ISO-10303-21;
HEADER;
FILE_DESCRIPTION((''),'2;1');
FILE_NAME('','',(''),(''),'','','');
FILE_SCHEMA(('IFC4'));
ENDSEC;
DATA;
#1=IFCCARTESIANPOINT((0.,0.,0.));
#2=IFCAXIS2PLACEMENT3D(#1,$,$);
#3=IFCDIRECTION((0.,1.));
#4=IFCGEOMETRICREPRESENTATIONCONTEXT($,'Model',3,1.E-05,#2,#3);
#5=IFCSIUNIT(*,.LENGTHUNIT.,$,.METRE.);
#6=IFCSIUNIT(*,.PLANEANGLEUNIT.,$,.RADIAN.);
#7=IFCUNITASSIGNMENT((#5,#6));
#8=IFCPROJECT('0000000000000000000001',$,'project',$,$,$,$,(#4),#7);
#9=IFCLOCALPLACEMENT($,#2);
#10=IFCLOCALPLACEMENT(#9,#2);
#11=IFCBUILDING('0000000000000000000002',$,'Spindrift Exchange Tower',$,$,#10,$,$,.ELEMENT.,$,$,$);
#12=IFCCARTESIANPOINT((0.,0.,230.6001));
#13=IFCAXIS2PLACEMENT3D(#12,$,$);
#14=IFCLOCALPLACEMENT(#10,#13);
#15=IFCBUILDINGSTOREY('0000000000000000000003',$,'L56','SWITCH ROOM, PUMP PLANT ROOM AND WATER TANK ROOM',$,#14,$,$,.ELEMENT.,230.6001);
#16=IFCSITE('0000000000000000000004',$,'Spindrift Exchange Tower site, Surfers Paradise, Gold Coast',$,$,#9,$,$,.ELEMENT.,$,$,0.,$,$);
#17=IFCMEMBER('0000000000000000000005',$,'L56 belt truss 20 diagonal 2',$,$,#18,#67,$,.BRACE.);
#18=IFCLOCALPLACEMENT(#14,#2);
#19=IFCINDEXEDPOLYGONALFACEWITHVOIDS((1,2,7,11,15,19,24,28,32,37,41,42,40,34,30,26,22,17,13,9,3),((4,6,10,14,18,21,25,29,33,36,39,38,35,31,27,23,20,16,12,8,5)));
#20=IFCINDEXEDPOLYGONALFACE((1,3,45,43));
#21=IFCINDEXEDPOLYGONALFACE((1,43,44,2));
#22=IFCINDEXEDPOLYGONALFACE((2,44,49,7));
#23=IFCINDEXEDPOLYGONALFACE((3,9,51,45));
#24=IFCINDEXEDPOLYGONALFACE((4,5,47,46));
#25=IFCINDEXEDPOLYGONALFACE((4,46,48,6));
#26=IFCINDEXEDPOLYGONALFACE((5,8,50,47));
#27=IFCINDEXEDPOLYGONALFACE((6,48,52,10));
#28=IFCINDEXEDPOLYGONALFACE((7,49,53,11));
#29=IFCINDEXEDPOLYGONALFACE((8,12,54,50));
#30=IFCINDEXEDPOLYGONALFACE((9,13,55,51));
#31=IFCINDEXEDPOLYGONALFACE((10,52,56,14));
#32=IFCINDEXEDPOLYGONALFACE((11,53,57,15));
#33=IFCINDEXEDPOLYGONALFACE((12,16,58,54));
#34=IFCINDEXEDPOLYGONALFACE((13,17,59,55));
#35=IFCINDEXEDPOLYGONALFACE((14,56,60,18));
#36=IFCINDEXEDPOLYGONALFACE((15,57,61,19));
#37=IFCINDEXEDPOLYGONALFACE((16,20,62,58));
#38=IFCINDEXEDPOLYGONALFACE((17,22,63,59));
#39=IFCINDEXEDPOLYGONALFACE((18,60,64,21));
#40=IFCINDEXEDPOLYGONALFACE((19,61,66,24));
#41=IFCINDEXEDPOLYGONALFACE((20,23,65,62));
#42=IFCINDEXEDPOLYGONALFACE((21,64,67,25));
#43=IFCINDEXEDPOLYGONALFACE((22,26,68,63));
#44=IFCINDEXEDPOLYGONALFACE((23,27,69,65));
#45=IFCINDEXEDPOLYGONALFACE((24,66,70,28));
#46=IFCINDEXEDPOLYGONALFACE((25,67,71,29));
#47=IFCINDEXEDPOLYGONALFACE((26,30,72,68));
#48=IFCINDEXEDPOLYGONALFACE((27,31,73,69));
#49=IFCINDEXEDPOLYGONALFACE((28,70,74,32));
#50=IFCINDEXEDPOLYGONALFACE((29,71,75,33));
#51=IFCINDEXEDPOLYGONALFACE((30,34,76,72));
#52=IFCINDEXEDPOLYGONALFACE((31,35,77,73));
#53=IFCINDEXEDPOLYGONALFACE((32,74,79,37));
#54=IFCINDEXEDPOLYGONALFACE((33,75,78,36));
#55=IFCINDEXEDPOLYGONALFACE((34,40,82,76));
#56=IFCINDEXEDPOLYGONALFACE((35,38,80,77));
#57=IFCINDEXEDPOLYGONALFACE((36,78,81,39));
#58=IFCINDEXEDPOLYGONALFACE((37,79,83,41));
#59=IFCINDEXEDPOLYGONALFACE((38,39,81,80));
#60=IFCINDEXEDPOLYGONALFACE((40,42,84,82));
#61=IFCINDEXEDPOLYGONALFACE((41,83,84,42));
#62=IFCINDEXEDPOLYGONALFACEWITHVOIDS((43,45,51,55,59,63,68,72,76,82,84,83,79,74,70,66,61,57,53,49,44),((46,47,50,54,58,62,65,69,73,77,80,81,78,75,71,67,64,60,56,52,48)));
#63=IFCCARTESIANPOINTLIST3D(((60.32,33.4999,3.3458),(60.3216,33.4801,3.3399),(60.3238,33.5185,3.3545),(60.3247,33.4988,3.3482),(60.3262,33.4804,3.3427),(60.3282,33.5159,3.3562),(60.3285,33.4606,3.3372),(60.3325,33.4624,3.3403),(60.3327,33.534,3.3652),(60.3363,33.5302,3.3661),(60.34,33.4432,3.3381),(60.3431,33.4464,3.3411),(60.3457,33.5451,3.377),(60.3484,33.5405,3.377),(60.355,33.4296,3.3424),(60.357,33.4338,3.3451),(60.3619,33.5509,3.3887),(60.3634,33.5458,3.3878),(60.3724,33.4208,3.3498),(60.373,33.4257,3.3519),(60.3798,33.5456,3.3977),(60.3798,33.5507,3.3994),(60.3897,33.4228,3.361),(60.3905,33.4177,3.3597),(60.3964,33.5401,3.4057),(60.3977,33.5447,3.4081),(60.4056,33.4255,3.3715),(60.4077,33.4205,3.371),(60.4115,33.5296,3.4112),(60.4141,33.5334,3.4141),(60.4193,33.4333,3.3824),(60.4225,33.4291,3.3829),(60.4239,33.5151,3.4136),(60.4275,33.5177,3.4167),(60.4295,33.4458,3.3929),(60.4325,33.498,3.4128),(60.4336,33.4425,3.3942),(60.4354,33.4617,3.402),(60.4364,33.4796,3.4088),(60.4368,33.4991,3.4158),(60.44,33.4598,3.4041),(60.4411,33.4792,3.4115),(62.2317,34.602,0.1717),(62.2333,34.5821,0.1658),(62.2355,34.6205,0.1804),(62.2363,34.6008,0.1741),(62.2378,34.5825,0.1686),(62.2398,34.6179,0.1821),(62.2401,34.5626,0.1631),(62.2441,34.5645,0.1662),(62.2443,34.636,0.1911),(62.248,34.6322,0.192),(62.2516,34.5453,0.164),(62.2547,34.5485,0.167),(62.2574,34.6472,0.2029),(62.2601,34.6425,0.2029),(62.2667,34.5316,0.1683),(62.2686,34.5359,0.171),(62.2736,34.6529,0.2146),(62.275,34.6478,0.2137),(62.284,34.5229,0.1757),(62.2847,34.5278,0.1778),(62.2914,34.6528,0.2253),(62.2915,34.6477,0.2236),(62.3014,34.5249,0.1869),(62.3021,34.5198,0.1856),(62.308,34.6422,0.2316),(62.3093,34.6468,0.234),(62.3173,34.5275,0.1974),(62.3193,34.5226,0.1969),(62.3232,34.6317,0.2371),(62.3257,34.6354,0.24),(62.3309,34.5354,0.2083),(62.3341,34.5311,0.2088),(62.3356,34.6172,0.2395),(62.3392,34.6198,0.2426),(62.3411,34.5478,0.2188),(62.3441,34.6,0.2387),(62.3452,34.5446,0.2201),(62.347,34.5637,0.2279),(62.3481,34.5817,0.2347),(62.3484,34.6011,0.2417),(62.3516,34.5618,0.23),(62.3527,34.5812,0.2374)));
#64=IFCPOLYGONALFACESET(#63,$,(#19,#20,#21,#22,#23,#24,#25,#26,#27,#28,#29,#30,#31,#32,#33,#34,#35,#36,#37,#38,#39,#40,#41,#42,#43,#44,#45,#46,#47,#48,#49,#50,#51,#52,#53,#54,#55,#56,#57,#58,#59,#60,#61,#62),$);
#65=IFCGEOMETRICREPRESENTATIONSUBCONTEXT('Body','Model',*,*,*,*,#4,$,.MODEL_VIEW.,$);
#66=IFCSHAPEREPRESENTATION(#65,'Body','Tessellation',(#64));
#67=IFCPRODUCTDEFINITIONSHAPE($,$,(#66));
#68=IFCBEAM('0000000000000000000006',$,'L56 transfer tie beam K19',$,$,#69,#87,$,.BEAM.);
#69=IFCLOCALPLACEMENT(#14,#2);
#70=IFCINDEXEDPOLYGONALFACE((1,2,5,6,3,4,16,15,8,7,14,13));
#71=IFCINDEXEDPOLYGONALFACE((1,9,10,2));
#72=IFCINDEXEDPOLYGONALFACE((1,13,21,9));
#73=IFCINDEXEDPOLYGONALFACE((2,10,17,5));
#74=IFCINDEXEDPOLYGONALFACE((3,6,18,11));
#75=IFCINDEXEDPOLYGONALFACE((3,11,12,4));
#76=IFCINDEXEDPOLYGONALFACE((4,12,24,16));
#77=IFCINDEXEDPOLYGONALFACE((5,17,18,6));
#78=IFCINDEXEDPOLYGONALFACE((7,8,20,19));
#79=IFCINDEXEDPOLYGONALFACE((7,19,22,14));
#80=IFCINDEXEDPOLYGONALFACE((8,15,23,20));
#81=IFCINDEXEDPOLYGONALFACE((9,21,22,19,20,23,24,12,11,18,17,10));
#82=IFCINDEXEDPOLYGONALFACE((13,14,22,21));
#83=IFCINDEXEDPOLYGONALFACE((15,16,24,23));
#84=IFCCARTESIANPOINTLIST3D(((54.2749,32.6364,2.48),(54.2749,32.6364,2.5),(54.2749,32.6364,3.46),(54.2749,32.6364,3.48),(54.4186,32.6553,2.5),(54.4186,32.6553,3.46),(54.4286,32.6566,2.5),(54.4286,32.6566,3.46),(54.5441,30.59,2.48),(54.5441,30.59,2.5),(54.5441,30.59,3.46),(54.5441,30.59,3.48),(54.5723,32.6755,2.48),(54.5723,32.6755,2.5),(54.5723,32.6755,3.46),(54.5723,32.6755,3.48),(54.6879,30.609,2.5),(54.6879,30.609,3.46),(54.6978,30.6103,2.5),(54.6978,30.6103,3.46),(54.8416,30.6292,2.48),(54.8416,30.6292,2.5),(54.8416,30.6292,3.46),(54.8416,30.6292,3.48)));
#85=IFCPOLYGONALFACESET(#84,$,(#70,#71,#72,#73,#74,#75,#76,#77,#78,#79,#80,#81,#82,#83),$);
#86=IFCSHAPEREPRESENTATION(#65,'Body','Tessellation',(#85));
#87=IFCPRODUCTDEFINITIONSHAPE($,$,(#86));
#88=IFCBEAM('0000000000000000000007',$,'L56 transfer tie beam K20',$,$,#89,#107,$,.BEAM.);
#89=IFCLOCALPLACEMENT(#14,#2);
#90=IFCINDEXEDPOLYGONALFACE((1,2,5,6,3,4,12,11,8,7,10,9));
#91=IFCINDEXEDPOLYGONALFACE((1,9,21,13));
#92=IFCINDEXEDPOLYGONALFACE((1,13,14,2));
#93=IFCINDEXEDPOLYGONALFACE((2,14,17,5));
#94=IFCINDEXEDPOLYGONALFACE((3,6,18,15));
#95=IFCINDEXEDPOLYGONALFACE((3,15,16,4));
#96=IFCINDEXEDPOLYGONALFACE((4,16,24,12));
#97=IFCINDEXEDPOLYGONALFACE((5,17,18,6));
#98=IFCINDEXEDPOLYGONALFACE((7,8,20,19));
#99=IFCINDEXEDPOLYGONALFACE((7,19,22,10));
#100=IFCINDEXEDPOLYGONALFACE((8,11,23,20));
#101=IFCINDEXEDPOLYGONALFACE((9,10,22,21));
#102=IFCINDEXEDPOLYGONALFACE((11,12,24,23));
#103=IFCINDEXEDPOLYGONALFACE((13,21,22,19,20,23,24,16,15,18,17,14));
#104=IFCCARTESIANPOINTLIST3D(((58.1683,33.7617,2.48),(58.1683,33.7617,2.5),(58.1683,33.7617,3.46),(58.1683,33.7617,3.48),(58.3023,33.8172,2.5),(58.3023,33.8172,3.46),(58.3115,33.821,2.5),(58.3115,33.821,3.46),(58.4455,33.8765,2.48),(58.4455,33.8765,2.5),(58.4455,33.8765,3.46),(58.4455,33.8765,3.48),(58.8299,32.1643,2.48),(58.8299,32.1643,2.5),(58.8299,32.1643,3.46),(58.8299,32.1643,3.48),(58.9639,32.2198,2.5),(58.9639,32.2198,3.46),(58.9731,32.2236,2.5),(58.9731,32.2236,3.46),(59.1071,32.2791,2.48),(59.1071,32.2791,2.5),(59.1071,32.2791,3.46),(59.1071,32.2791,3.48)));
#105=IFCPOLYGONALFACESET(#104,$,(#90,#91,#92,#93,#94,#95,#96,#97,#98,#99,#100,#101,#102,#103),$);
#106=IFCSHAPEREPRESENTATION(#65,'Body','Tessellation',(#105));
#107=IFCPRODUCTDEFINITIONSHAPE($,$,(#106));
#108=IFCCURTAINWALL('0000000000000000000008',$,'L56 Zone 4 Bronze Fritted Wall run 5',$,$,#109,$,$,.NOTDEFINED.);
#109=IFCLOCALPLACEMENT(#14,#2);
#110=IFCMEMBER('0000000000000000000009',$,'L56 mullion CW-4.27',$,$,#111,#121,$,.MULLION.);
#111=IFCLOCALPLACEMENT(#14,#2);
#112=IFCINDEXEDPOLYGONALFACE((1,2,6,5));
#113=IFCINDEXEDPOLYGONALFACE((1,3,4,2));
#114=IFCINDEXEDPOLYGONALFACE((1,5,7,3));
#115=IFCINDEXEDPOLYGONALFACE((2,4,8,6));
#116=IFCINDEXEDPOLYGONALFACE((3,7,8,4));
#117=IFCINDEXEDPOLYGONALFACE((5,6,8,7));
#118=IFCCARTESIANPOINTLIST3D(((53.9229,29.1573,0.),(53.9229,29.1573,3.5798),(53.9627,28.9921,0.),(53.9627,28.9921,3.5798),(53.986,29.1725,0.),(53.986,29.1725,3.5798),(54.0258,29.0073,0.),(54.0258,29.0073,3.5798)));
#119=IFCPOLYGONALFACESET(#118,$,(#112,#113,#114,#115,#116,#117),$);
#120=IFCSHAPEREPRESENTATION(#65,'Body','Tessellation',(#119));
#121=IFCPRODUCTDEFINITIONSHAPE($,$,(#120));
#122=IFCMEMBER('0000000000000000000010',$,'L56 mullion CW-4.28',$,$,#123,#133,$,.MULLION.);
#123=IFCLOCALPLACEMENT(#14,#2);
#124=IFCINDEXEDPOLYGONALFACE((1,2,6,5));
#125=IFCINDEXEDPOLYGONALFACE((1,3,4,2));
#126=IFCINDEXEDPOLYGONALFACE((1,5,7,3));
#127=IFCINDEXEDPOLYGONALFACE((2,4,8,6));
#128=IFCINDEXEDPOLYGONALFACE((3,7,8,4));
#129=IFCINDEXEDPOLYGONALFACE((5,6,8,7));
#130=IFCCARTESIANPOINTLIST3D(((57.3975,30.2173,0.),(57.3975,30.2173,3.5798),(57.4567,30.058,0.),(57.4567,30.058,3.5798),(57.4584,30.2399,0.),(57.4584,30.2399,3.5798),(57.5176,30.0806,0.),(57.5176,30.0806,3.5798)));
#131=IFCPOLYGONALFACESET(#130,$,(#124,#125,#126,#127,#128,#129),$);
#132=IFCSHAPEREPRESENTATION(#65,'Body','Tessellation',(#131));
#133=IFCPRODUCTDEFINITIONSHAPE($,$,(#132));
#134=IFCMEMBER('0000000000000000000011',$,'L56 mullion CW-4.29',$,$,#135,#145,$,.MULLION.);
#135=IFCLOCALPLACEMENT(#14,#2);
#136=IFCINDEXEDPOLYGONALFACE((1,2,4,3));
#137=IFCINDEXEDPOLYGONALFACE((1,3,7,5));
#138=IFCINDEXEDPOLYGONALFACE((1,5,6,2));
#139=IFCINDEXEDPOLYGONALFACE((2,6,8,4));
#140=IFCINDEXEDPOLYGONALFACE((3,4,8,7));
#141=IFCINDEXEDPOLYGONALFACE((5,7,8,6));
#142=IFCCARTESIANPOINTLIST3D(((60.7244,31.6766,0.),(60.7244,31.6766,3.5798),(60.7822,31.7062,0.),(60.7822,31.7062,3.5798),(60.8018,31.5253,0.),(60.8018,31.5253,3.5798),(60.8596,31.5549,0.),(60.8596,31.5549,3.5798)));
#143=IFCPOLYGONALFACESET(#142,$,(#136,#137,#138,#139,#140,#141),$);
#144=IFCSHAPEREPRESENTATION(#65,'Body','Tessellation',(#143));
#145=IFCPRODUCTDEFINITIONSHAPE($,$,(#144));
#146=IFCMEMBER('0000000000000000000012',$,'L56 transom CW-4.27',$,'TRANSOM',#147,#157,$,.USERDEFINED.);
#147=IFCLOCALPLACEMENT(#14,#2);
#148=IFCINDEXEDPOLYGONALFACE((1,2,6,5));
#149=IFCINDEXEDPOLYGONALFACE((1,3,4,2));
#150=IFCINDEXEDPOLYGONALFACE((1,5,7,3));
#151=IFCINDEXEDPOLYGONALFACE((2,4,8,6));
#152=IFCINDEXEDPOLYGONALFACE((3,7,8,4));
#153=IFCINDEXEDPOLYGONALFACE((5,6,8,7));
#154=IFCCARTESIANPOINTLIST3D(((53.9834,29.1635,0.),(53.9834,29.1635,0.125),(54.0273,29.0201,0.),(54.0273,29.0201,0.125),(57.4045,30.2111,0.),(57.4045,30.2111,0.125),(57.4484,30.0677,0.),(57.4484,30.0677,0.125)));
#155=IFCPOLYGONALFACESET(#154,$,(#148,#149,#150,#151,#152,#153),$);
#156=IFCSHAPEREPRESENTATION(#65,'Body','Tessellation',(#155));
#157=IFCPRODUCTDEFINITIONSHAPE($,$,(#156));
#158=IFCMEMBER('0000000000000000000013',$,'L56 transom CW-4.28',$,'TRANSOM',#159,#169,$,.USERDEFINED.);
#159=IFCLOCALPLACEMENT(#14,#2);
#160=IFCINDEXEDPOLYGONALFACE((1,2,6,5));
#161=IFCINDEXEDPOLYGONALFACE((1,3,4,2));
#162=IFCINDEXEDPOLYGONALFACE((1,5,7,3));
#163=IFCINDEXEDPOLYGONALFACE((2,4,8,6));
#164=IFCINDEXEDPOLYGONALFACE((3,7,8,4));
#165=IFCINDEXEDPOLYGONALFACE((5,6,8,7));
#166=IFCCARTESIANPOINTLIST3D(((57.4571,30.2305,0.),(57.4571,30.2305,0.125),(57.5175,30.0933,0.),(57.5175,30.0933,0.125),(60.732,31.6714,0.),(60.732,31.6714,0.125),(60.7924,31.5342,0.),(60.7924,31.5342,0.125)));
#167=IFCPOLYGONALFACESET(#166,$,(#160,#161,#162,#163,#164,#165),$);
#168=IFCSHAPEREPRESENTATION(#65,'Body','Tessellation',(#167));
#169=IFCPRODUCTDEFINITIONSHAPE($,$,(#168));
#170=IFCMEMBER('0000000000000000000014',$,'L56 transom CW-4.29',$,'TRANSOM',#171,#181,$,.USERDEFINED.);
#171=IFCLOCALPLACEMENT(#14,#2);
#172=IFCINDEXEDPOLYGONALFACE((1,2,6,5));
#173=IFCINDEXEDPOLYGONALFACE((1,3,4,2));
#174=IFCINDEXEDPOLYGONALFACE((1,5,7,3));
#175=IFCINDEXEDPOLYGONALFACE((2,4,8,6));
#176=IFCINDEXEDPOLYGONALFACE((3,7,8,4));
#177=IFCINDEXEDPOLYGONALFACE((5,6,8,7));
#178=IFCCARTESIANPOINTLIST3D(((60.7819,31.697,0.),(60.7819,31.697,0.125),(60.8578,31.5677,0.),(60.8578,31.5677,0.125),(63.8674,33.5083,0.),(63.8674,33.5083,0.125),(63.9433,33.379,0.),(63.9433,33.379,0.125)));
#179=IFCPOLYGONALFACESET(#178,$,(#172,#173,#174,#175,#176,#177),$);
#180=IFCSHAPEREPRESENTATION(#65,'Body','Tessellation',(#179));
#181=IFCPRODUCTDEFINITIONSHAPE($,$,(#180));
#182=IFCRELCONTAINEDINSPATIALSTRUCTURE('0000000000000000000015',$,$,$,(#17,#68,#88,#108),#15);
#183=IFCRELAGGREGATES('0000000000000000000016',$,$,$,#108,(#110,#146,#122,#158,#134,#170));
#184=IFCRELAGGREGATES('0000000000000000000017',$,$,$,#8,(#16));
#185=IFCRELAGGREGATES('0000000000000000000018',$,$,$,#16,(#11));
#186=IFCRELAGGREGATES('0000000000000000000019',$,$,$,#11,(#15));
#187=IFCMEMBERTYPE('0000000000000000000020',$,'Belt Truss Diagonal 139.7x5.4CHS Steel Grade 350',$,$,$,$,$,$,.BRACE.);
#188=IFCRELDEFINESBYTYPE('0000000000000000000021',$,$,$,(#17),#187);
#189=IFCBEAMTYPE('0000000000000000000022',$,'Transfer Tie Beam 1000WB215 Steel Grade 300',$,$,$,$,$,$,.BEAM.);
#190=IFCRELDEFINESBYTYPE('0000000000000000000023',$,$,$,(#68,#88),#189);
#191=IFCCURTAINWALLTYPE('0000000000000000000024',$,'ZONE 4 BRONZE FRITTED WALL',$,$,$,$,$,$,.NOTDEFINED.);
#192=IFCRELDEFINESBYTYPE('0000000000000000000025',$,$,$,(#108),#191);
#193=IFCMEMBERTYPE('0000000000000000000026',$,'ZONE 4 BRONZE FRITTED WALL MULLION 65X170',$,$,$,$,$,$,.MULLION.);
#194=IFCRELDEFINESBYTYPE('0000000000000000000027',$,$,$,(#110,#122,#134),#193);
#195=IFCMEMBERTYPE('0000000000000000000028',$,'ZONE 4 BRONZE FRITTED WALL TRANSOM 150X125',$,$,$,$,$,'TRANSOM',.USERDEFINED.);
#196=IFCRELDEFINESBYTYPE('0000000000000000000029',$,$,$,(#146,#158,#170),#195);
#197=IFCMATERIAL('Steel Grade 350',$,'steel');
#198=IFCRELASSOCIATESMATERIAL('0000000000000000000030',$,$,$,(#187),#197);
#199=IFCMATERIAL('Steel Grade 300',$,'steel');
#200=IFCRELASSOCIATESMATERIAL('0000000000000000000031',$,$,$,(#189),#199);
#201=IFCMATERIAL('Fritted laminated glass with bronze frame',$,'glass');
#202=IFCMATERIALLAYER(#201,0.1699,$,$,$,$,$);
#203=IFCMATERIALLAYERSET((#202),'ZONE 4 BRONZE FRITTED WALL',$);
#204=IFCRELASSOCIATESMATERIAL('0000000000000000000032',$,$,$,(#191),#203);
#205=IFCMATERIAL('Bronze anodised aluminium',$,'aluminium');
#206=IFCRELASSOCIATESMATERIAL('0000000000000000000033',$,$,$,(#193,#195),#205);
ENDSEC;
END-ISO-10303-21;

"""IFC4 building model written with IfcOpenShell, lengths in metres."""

from ifc_helpers import new_model, si_unit, direction, frame, origin, origin_2d, place, context, subcontext, project, spatial, rectangle, hollow_circle, i_section, extrude, source, transform, mapped, material, layer, layer_set, material_profile, profile_set, type_object, element, aggregate, save


model = new_model("IFC4")

# Units and contexts
model_context = context("Model", 3, precision=1e-05, world=origin(), true_north=direction((0.0, 1.0)))
body_context = subcontext(model_context, "Body", "Model", "MODEL_VIEW")
ifc_project = project(units=[si_unit("LENGTHUNIT", "METRE"), si_unit("PLANEANGLEUNIT", "RADIAN")], contexts=[model_context])

# Site, building, storey
site_placement = place(None, origin())
site = spatial("IfcSite", under=ifc_project, at=site_placement, Name="Spindrift Exchange Tower site, Surfers Paradise, Gold Coast", CompositionType="ELEMENT", RefElevation=0.0)
building_placement = place(site_placement, origin())
building = spatial("IfcBuilding", under=site, at=building_placement, Name="Spindrift Exchange Tower", CompositionType="ELEMENT")
storey_placement = place(building_placement, frame((0.0, 0.0, 230.6001)))
storey = spatial("IfcBuildingStorey", under=building, at=storey_placement, Name="L56", Description="SWITCH ROOM, PUMP PLANT ROOM AND WATER TANK ROOM", CompositionType="ELEMENT", Elevation=230.6001)

# Member
ifc_material_1 = material(Name="Steel Grade 300", Category="steel")
ifc_material_2 = material(Name="Steel Grade 350", Category="steel")
ifc_material_profile_1 = material_profile(ifc_material_2, hollow_circle(Radius=0.0698, WallThickness=0.0054, at=origin_2d()), Name="139.7x5.4CHS")
ifc_profile_set_1 = profile_set([ifc_material_profile_1], Name="Steel Grade 350")
member_type_1 = type_object("IfcMemberType", Name="Belt Truss Diagonal 139.7x5.4CHS Steel Grade 350", PredefinedType="BRACE", material=ifc_profile_set_1)
shared_shape_1 = source(origin(), body_context, "Body", "SweptSolid", [
    extrude(hollow_circle(Radius=0.0698, WallThickness=0.0054, at=origin_2d()), origin(), (0.0, 0.0, 1.0), 3.8657),
])
for number, where, z_axis, x_axis, name in (
    (1, (60.3806, 33.4846, 3.377), (0.49451, 0.285085, -0.821089), (-0.499448, 0.866344, 0.0), "L56 belt truss 20 diagonal 2"),
):
    element("IfcMember", number, at=place(storey_placement, frame(where, z_axis=z_axis, x_axis=x_axis)), inside=storey, type_object=member_type_1, Name=name, PredefinedType="BRACE", context=body_context, shape_type="MappedRepresentation", body=[
        mapped(shared_shape_1, transform((0.0, 0.0, 0.0), scale=1.0)),
    ])

# Beams
ifc_material_profile_2 = material_profile(ifc_material_1, i_section(OverallWidth=0.3, OverallDepth=1.0, WebThickness=0.01, FlangeThickness=0.02, at=origin_2d()), Name="1000WB215")
ifc_profile_set_2 = profile_set([ifc_material_profile_2], Name="Steel Grade 300")
beam_type = type_object("IfcBeamType", Name="Transfer Tie Beam 1000WB215 Steel Grade 300", PredefinedType="BEAM", material=ifc_profile_set_2)
shared_shape_2 = source(origin(), body_context, "Body", "SweptSolid", [
    extrude(i_section(OverallWidth=0.3, OverallDepth=1.0, WebThickness=0.01, FlangeThickness=0.02, at=origin_2d()), origin(), (0.0, 0.0, 1.0), 2.064),
])
beam_1_placement = place(storey_placement, frame((54.6929, 30.6096, 2.98), z_axis=(-0.130467, 0.991453, 0.0), x_axis=(-0.991453, -0.130467, 0.0)))
element("IfcBeam", 2, at=beam_1_placement, inside=storey, type_object=beam_type, Name="L56 transfer tie beam K19", PredefinedType="BEAM", context=body_context, shape_type="MappedRepresentation", body=[
    mapped(shared_shape_2, transform((0.0, 0.0, 0.0), scale=1.0)),
])
shared_shape_3 = source(origin(), body_context, "Body", "SweptSolid", [
    extrude(i_section(OverallWidth=0.3, OverallDepth=1.0, WebThickness=0.01, FlangeThickness=0.02, at=origin_2d()), origin(), (0.0, 0.0, 1.0), 1.729),
])
beam_2_placement = place(storey_placement, frame((58.9685, 32.2217, 2.98), z_axis=(-0.382659, 0.923889, 0.0), x_axis=(-0.923889, -0.382659, 0.0)))
element("IfcBeam", 3, at=beam_2_placement, inside=storey, type_object=beam_type, Name="L56 transfer tie beam K20", PredefinedType="BEAM", context=body_context, shape_type="MappedRepresentation", body=[
    mapped(shared_shape_3, transform((0.0, 0.0, 0.0), scale=1.0)),
])

# Curtain wall, members
ifc_material_3 = material(Name="Fritted laminated glass with bronze frame", Category="glass")
ifc_layer_1 = layer(ifc_material_3, 0.1699)
ifc_layer_set_1 = layer_set([ifc_layer_1], Name="ZONE 4 BRONZE FRITTED WALL")
curtain_wall_type = type_object("IfcCurtainWallType", Name="ZONE 4 BRONZE FRITTED WALL", PredefinedType="NOTDEFINED", material=ifc_layer_set_1)
curtain_wall_placement = place(storey_placement, origin())
curtain_wall = element("IfcCurtainWall", 4, at=curtain_wall_placement, inside=storey, type_object=curtain_wall_type, Name="L56 Zone 4 Bronze Fritted Wall run 5", PredefinedType="NOTDEFINED")
ifc_material_4 = material(Name="Bronze anodised aluminium", Category="aluminium")
ifc_material_profile_3 = material_profile(ifc_material_4, rectangle(XDim=0.0649, YDim=0.1699, at=origin_2d()), Name="ZONE 4 BRONZE FRITTED WALL MULLION 65X170")
ifc_profile_set_3 = profile_set([ifc_material_profile_3], Name="Bronze anodised aluminium")
member_type_2 = type_object("IfcMemberType", Name="ZONE 4 BRONZE FRITTED WALL MULLION 65X170", PredefinedType="MULLION", material=ifc_profile_set_3)
shared_shape_4 = source(origin(), body_context, "Body", "SweptSolid", [
    extrude(rectangle(XDim=0.0649, YDim=0.1699, at=origin_2d()), origin(), (0.0, 0.0, 1.0), 3.5798),
])
member_1_placement = place(storey_placement, frame((53.9744, 29.0823, 0.0), z_axis=(0.0, 0.0, 1.0), x_axis=(0.972168, 0.234284, 0.0)))
member_1 = element("IfcMember", 5, at=member_1_placement, type_object=member_type_2, Name="L56 mullion CW-4.27", PredefinedType="MULLION", context=body_context, shape_type="MappedRepresentation", body=[
    mapped(shared_shape_4, transform((0.0, 0.0, 0.0), scale=1.0)),
])
member_2_placement = place(storey_placement, frame((57.4575, 30.1489, 0.0), z_axis=(0.0, 0.0, 1.0), x_axis=(0.937363, 0.348354, 0.0)))
member_2 = element("IfcMember", 6, at=member_2_placement, type_object=member_type_2, Name="L56 mullion CW-4.28", PredefinedType="MULLION", context=body_context, shape_type="MappedRepresentation", body=[
    mapped(shared_shape_4, transform((0.0, 0.0, 0.0), scale=1.0)),
])
member_3_placement = place(storey_placement, frame((60.792, 31.6157, 0.0), z_axis=(0.0, 0.0, 1.0), x_axis=(0.890368, 0.455241, 0.0)))
member_3 = element("IfcMember", 7, at=member_3_placement, type_object=member_type_2, Name="L56 mullion CW-4.29", PredefinedType="MULLION", context=body_context, shape_type="MappedRepresentation", body=[
    mapped(shared_shape_4, transform((0.0, 0.0, 0.0), scale=1.0)),
])
ifc_material_profile_4 = material_profile(ifc_material_4, rectangle(XDim=0.1499, YDim=0.125, at=origin_2d()), Name="ZONE 4 BRONZE FRITTED WALL TRANSOM 150X125")
ifc_profile_set_4 = profile_set([ifc_material_profile_4], Name="Bronze anodised aluminium")
member_type_3 = type_object("IfcMemberType", Name="ZONE 4 BRONZE FRITTED WALL TRANSOM 150X125", ElementType="TRANSOM", PredefinedType="USERDEFINED", material=ifc_profile_set_4)
shared_shape_5 = source(origin(), body_context, "Body", "SweptSolid", [
    extrude(rectangle(XDim=0.1499, YDim=0.125, at=origin_2d()), origin(), (0.0, 0.0, 1.0), 3.5779),
])
member_4_placement = place(storey_placement, frame((54.0054, 29.0918, 0.0625), z_axis=(0.956175, 0.292796, 0.0), x_axis=(-0.292796, 0.956175, 0.0)))
member_4 = element("IfcMember", 8, at=member_4_placement, type_object=member_type_3, Name="L56 transom CW-4.27", ObjectType="TRANSOM", PredefinedType="USERDEFINED", context=body_context, shape_type="MappedRepresentation", body=[
    mapped(shared_shape_5, transform((0.0, 0.0, 0.0), scale=1.0)),
])
member_5_placement = place(storey_placement, frame((57.4873, 30.1619, 0.0625), z_axis=(0.915319, 0.402729, 0.0), x_axis=(-0.402729, 0.915319, 0.0)))
member_5 = element("IfcMember", 9, at=member_5_placement, type_object=member_type_3, Name="L56 transom CW-4.28", ObjectType="TRANSOM", PredefinedType="USERDEFINED", context=body_context, shape_type="MappedRepresentation", body=[
    mapped(shared_shape_5, transform((0.0, 0.0, 0.0), scale=1.0)),
])
member_6_placement = place(storey_placement, frame((60.8198, 31.6323, 0.0625), z_axis=(0.862385, 0.506254, 0.0), x_axis=(-0.506254, 0.862385, 0.0)))
member_6 = element("IfcMember", 10, at=member_6_placement, type_object=member_type_3, Name="L56 transom CW-4.29", ObjectType="TRANSOM", PredefinedType="USERDEFINED", context=body_context, shape_type="MappedRepresentation", body=[
    mapped(shared_shape_5, transform((0.0, 0.0, 0.0), scale=1.0)),
])
aggregate(curtain_wall, [member_1, member_4, member_2, member_5, member_3, member_6])

save(model, "model.ifc")
